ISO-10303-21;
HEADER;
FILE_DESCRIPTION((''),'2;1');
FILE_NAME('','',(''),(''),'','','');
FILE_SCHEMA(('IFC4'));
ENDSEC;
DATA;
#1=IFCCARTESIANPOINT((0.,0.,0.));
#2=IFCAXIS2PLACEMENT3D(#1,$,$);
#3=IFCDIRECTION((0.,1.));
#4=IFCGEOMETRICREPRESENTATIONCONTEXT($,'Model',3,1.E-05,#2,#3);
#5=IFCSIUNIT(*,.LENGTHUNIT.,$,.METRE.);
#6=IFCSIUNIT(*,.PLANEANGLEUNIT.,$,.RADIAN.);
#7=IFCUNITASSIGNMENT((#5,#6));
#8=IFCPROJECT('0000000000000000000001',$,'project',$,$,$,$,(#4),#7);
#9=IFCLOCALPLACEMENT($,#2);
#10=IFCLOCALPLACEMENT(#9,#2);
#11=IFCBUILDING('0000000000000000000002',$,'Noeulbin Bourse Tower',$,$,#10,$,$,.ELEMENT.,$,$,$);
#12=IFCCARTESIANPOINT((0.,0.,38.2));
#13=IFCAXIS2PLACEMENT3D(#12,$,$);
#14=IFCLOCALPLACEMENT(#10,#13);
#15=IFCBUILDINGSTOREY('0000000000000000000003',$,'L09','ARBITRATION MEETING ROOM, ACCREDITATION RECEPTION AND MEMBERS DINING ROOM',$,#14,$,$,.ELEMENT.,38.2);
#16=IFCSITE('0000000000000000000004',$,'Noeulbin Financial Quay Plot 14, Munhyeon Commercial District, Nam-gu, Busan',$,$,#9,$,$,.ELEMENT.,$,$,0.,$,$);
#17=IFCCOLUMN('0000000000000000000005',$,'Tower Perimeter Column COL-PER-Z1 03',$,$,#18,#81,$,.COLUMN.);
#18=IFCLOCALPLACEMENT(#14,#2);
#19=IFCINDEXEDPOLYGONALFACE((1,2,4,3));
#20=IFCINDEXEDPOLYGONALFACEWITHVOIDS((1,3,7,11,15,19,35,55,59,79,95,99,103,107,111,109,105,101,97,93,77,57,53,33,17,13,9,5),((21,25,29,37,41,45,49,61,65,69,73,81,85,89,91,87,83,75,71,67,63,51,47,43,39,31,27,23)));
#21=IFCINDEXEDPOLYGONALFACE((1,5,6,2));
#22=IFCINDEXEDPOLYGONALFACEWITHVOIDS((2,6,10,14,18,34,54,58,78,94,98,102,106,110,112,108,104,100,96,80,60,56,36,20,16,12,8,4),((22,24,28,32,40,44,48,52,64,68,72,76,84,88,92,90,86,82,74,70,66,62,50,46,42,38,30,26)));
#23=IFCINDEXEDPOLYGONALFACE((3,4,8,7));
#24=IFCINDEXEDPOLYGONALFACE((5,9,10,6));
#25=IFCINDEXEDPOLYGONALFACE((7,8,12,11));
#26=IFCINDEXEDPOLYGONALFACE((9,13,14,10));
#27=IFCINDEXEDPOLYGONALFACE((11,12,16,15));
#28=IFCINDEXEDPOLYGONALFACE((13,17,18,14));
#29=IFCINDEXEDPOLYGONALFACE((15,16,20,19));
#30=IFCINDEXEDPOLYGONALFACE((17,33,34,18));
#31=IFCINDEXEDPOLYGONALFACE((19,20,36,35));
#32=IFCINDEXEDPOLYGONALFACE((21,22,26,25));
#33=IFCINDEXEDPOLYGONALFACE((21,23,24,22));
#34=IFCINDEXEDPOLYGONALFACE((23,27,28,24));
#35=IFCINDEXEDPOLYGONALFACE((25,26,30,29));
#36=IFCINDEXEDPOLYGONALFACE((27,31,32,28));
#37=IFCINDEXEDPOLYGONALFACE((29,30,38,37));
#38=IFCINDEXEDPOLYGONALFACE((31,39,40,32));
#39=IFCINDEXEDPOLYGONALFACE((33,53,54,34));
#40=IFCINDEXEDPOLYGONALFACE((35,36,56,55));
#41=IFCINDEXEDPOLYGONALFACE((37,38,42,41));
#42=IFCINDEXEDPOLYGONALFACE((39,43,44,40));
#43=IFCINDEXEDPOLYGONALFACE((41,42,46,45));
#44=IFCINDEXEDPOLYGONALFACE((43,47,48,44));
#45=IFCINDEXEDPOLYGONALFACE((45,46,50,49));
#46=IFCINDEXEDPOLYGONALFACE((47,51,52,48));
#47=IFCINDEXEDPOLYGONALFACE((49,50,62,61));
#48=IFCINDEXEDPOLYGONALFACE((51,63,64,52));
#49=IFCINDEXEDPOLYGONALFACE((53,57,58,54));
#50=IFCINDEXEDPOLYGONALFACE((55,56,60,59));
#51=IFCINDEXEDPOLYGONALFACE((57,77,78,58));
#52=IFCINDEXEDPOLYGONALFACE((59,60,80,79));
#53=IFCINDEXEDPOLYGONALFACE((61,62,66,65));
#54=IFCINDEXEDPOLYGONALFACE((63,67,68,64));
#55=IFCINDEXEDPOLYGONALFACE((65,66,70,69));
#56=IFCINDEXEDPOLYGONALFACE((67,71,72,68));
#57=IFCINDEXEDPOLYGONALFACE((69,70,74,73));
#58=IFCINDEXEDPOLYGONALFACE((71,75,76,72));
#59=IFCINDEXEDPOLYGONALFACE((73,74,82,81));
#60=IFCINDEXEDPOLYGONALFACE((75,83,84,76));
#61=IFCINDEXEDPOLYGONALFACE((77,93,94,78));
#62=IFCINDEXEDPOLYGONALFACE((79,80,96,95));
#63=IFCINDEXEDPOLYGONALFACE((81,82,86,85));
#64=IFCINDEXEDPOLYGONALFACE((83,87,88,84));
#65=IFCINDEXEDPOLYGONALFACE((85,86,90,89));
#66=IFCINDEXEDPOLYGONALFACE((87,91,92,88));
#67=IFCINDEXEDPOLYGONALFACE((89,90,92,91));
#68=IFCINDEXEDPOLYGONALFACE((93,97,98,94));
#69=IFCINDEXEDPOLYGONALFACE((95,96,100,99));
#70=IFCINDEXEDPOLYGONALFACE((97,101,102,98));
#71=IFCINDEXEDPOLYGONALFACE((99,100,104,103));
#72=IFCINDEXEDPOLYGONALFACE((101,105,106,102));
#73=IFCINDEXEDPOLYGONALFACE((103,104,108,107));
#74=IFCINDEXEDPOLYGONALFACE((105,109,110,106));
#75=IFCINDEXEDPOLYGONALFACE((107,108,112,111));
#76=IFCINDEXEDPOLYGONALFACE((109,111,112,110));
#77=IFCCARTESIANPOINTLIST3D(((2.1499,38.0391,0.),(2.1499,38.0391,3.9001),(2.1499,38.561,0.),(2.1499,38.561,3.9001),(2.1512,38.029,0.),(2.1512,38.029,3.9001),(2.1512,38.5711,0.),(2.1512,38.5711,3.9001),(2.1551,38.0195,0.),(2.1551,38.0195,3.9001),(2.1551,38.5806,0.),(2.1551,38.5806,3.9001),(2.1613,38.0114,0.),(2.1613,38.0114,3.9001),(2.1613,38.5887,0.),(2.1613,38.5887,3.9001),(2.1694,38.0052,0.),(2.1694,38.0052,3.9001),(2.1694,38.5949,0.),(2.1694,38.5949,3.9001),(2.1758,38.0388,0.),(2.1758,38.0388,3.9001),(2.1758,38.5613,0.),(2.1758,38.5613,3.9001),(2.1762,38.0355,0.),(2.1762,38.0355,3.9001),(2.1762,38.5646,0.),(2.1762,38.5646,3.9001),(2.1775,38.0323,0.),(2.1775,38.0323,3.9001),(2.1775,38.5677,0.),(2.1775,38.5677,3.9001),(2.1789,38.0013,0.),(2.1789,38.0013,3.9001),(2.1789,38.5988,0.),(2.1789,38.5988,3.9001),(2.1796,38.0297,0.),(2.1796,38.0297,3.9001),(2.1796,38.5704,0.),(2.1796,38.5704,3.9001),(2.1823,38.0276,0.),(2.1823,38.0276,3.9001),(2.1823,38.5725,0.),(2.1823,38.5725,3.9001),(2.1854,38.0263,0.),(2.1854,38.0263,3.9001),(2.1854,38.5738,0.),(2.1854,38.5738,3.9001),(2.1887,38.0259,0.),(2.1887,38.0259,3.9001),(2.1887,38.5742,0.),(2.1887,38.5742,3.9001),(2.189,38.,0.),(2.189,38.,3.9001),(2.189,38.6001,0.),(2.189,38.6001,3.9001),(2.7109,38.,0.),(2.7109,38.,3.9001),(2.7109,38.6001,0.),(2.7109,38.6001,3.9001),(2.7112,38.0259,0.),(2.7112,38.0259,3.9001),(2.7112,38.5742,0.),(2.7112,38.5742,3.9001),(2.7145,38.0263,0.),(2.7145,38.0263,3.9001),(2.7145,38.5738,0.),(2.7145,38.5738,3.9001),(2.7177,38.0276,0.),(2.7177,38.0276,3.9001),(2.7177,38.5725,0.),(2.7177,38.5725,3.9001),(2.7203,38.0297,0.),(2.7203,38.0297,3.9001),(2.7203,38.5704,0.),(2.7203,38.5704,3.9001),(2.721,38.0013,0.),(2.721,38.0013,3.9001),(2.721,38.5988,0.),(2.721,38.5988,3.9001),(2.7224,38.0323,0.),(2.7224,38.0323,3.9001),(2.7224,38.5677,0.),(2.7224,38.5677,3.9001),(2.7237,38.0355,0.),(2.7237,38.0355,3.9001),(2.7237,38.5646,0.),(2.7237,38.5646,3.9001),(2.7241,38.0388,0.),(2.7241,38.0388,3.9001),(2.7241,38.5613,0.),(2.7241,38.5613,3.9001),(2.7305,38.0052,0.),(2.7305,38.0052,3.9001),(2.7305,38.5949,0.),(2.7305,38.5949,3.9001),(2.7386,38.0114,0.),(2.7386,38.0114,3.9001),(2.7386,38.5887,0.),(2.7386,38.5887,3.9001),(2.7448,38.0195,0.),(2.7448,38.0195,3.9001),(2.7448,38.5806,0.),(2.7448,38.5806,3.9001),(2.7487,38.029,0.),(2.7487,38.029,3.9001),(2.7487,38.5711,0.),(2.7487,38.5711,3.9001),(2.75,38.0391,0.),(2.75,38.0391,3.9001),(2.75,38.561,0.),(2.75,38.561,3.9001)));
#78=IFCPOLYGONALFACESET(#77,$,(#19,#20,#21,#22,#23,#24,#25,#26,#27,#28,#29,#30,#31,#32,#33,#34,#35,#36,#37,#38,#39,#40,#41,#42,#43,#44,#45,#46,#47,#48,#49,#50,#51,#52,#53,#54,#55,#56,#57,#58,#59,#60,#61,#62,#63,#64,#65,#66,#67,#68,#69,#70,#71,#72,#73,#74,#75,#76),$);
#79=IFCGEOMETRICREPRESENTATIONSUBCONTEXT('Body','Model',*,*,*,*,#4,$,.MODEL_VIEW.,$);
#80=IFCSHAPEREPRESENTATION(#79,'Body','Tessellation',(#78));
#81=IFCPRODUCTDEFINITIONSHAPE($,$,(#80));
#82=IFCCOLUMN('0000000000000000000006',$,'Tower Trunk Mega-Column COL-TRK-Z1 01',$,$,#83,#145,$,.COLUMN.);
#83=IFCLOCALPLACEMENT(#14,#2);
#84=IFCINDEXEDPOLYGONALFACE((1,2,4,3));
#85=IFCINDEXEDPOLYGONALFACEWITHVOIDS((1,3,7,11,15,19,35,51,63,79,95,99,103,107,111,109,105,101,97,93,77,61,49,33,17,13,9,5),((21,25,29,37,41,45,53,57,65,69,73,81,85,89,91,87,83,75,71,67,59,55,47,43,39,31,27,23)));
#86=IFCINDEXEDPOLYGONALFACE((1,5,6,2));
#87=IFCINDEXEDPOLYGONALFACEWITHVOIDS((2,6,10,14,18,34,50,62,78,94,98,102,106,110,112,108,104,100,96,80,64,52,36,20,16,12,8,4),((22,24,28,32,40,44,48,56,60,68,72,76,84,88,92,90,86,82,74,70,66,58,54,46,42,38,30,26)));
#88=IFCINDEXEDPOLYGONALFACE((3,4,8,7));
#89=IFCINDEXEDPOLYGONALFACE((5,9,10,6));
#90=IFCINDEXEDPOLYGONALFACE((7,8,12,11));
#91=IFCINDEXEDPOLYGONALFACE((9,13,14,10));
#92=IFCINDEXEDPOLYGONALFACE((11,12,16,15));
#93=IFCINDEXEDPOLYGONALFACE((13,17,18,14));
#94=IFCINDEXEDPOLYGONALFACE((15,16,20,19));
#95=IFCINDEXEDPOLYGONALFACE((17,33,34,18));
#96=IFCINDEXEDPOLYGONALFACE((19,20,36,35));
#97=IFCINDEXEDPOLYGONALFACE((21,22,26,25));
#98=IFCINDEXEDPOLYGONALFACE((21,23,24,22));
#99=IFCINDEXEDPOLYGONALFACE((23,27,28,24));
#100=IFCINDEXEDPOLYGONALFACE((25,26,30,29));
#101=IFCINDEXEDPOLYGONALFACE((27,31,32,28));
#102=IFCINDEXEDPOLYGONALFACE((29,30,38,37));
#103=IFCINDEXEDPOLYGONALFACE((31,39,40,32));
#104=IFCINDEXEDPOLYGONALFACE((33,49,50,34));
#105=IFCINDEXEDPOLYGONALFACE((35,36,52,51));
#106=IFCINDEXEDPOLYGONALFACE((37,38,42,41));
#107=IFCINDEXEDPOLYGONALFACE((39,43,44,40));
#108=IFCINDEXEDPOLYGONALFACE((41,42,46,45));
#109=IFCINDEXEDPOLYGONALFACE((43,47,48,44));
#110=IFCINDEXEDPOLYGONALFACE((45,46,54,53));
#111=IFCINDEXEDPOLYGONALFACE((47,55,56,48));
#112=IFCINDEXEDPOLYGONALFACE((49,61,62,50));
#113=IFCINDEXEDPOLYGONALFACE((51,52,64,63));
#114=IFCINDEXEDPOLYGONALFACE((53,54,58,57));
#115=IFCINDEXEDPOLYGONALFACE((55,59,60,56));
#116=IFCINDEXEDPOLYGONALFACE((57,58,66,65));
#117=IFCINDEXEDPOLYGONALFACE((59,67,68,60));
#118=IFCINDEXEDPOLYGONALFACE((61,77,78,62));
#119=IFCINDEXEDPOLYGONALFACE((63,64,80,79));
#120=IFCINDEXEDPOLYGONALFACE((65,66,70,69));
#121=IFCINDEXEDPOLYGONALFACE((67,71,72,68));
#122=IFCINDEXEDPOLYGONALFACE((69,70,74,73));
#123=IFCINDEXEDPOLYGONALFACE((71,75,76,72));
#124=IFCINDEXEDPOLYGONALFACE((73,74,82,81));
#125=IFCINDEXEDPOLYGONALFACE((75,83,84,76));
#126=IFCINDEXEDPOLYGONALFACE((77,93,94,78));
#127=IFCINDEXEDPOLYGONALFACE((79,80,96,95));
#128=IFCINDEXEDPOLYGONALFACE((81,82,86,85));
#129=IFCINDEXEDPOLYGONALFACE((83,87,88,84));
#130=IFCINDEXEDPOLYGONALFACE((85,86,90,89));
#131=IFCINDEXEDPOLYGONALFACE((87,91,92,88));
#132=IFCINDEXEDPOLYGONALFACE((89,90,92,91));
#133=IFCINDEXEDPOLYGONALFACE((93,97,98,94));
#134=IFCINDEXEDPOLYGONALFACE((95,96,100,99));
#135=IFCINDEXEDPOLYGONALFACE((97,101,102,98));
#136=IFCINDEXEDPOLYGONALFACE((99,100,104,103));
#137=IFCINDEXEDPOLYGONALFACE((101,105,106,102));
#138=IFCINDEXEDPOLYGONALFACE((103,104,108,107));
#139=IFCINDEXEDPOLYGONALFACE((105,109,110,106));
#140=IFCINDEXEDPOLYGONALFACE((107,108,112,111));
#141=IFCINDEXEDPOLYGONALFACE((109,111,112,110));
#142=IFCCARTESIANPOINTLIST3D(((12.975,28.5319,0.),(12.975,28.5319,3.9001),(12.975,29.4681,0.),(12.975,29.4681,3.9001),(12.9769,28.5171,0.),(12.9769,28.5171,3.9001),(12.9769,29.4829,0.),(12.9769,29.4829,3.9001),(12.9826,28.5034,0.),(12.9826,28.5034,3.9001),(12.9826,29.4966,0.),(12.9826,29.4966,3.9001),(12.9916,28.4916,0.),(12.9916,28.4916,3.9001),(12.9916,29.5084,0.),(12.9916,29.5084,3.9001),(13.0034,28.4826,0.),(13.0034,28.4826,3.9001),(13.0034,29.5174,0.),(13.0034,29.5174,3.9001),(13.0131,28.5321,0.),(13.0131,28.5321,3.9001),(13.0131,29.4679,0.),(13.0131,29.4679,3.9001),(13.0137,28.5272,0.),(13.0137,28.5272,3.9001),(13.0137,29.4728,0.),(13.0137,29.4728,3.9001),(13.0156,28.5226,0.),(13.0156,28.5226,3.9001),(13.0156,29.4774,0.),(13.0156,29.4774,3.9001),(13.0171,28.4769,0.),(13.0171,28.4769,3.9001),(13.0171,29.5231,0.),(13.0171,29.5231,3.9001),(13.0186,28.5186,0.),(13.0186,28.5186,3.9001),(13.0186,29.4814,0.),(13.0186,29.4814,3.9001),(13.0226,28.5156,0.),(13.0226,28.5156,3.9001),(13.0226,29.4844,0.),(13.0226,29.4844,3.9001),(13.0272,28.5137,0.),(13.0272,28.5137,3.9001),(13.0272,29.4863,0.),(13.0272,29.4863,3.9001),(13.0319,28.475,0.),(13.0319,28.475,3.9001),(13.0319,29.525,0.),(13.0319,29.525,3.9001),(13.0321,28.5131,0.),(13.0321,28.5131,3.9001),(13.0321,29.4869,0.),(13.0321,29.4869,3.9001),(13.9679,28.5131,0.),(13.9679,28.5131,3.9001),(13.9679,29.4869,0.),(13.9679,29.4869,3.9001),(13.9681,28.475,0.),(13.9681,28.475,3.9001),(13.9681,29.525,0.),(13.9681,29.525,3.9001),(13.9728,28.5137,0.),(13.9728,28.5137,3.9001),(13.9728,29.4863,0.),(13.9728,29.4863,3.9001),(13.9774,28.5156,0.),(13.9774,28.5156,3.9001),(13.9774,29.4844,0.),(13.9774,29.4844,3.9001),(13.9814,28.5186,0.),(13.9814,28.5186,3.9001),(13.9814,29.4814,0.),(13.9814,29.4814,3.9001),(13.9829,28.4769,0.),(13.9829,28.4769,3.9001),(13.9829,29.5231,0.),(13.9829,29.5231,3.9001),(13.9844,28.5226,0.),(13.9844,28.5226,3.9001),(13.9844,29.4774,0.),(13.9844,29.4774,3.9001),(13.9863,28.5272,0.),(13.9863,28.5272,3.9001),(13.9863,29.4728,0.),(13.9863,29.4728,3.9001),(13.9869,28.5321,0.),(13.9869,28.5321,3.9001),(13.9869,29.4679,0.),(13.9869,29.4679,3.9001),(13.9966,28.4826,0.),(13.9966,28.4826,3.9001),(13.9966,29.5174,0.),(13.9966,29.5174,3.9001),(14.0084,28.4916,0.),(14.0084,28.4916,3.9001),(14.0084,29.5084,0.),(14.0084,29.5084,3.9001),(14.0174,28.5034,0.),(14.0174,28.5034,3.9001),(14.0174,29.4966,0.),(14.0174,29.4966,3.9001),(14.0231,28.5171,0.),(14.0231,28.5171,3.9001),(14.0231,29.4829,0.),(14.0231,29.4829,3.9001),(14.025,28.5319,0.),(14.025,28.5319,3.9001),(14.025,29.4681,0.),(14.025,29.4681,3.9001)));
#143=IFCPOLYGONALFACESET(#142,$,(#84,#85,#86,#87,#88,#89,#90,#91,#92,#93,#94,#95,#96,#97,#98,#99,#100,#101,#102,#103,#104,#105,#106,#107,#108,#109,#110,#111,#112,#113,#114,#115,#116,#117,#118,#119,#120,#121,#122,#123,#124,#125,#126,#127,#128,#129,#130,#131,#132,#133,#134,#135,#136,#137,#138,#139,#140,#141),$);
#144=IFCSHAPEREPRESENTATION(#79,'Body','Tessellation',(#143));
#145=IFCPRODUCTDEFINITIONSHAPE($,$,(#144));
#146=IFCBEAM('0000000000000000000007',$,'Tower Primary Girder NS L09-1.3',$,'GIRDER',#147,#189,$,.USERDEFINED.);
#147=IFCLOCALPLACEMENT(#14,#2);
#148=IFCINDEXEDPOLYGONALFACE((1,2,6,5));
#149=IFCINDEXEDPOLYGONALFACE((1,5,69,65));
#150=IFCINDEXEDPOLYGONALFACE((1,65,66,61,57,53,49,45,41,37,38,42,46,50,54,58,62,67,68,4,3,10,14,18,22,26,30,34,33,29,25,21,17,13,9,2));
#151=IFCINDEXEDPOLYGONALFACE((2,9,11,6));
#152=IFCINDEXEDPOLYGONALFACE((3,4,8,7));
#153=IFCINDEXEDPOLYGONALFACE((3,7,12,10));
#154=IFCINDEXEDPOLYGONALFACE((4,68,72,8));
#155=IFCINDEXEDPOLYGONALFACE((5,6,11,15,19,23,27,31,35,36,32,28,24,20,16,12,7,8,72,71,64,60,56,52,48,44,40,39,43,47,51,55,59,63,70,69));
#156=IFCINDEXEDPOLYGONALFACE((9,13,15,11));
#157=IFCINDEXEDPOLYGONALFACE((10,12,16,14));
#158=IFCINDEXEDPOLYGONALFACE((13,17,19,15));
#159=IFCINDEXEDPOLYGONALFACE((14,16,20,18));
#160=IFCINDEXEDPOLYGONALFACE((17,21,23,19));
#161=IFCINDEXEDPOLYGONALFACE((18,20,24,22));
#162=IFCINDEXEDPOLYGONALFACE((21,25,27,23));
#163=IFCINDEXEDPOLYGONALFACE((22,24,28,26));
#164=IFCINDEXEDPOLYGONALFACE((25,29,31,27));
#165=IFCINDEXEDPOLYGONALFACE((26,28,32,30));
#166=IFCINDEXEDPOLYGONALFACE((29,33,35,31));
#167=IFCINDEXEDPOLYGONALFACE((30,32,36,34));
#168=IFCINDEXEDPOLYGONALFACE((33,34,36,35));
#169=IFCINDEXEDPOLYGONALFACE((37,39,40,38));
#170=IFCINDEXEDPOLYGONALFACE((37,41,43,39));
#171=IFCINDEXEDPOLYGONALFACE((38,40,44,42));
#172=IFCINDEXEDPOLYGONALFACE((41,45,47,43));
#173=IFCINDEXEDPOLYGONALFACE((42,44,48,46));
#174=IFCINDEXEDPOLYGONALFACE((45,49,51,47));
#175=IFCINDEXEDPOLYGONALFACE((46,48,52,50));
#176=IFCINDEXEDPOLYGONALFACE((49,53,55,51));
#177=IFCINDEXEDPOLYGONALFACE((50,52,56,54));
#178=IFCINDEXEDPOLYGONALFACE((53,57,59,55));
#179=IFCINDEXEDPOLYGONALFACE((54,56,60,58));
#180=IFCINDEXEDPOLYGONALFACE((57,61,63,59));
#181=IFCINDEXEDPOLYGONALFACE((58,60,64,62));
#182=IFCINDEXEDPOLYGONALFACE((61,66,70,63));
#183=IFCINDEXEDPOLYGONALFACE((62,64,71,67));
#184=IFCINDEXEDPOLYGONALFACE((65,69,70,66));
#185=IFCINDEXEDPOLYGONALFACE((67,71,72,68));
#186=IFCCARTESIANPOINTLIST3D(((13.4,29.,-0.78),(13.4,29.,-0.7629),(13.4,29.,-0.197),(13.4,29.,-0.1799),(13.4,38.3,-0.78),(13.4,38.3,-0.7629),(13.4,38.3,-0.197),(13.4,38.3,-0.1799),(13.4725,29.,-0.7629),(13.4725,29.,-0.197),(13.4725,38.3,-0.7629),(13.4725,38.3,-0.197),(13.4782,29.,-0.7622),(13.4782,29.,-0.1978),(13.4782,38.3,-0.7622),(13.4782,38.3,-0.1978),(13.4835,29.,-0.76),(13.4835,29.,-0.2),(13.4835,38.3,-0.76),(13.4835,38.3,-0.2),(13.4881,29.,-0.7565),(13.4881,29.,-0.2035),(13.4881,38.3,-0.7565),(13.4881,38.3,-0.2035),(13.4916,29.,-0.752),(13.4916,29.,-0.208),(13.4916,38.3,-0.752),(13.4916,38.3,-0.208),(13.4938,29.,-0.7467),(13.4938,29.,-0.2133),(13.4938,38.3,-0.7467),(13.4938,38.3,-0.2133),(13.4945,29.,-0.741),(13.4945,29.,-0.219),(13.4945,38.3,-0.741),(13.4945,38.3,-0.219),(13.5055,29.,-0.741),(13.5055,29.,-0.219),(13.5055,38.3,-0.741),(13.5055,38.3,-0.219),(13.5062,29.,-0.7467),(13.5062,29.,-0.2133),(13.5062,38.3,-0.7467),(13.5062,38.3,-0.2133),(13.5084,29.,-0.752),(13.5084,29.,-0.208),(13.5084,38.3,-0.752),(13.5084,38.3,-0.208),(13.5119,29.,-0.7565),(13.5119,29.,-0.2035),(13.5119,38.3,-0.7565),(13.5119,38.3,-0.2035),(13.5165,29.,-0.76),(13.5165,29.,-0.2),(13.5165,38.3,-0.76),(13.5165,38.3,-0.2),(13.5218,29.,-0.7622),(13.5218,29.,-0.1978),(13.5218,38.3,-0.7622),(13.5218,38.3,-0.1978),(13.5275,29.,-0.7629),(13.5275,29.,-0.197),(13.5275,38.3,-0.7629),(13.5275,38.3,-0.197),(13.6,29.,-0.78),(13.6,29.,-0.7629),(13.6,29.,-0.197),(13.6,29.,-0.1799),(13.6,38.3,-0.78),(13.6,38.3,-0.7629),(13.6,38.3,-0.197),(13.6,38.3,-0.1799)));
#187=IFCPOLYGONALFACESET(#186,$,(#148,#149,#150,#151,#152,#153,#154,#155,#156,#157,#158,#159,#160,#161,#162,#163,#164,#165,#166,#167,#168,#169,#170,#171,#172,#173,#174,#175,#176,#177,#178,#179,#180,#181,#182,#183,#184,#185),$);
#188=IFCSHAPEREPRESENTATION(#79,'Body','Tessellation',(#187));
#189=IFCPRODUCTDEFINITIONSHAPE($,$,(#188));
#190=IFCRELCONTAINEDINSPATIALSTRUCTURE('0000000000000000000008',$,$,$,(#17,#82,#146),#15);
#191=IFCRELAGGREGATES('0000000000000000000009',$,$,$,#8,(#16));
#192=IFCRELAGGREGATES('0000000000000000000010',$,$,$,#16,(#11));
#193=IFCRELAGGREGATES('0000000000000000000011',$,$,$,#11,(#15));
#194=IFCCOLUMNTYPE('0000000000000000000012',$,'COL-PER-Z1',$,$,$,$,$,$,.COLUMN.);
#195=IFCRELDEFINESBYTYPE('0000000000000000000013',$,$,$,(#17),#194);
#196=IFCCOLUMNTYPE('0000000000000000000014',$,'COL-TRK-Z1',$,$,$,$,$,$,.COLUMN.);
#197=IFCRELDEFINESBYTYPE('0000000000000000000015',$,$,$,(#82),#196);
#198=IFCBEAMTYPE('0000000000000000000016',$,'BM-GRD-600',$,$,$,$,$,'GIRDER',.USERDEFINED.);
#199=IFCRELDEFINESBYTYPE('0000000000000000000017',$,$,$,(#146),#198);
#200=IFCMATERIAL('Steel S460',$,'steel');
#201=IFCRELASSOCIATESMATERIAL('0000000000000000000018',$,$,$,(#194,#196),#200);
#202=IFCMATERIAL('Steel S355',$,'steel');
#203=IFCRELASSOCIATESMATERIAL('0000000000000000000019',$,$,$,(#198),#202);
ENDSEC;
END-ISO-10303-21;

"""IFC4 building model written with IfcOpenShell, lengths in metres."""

from ifc_helpers import new_model, si_unit, direction, frame, origin, origin_2d, place, context, subcontext, project, spatial, hollow_rectangle, i_section, extrude, material, material_profile, profile_set, type_object, element, save


model = new_model("IFC4")

# Units and contexts
model_context = context("Model", 3, precision=1e-05, world=origin(), true_north=direction((0.0, 1.0)))
body_context = subcontext(model_context, "Body", "Model", "MODEL_VIEW")
ifc_project = project(units=[si_unit("LENGTHUNIT", "METRE"), si_unit("PLANEANGLEUNIT", "RADIAN")], contexts=[model_context])

# Site, building, storey
site_placement = place(None, origin())
site = spatial("IfcSite", under=ifc_project, at=site_placement, Name="Noeulbin Financial Quay Plot 14, Munhyeon Commercial District, Nam-gu, Busan", CompositionType="ELEMENT", RefElevation=0.0)
building_placement = place(site_placement, origin())
building = spatial("IfcBuilding", under=site, at=building_placement, Name="Noeulbin Bourse Tower", CompositionType="ELEMENT")
storey_placement = place(building_placement, frame((0.0, 0.0, 38.2)))
storey = spatial("IfcBuildingStorey", under=building, at=storey_placement, Name="L09", Description="ARBITRATION MEETING ROOM, ACCREDITATION RECEPTION AND MEMBERS DINING ROOM", CompositionType="ELEMENT", Elevation=38.2)

# Columns
ifc_material_1 = material(Name="Steel S460", Category="steel")
ifc_material_profile_1 = material_profile(ifc_material_1, hollow_rectangle(XDim=0.6001, YDim=0.6001, WallThickness=0.0259, InnerFilletRadius=0.0129, OuterFilletRadius=0.0391, at=origin_2d()), Name="BOX-600x600x26", Category="LoadBearing")
ifc_profile_set_1 = profile_set([ifc_material_profile_1], Name="Steel S460")
column_type_1 = type_object("IfcColumnType", Name="COL-PER-Z1", PredefinedType="COLUMN", material=ifc_profile_set_1)
column_1_placement = place(storey_placement, frame((2.45, 38.3, 0.0), z_axis=(0.0, 0.0, 1.0), x_axis=(1.0, 0.0, 0.0)))
element("IfcColumn", 1, at=column_1_placement, inside=storey, type_object=column_type_1, Name="Tower Perimeter Column COL-PER-Z1 03", PredefinedType="COLUMN", context=body_context, shape_type="SweptSolid", body=[
    extrude(hollow_rectangle(XDim=0.6001, YDim=0.6001, WallThickness=0.0259, InnerFilletRadius=0.0129, OuterFilletRadius=0.0391, at=origin_2d()), origin(), (0.0, 0.0, 1.0), 3.9001),
])
ifc_material_profile_2 = material_profile(ifc_material_1, hollow_rectangle(XDim=1.05, YDim=1.05, WallThickness=0.0381, InnerFilletRadius=0.019, OuterFilletRadius=0.0569, at=origin_2d()), Name="BOX-1050x1050x38", Category="LoadBearing")
ifc_profile_set_2 = profile_set([ifc_material_profile_2], Name="Steel S460")
column_type_2 = type_object("IfcColumnType", Name="COL-TRK-Z1", PredefinedType="COLUMN", material=ifc_profile_set_2)
column_2_placement = place(storey_placement, frame((13.5, 29.0, 0.0), z_axis=(0.0, 0.0, 1.0), x_axis=(1.0, 0.0, 0.0)))
element("IfcColumn", 2, at=column_2_placement, inside=storey, type_object=column_type_2, Name="Tower Trunk Mega-Column COL-TRK-Z1 01", PredefinedType="COLUMN", context=body_context, shape_type="SweptSolid", body=[
    extrude(hollow_rectangle(XDim=1.05, YDim=1.05, WallThickness=0.0381, InnerFilletRadius=0.019, OuterFilletRadius=0.0569, at=origin_2d()), origin(), (0.0, 0.0, 1.0), 3.9001),
])

# Beam
ifc_material_2 = material(Name="Steel S355", Category="steel")
ifc_material_profile_3 = material_profile(ifc_material_2, i_section(OverallWidth=0.2, OverallDepth=0.6001, WebThickness=0.011, FlangeThickness=0.0171, FilletRadius=0.022, at=origin_2d()), Name="H-600x200x11x17", Category="LoadBearing")
ifc_profile_set_3 = profile_set([ifc_material_profile_3], Name="Steel S355")
beam_type_1 = type_object("IfcBeamType", Name="BM-GRD-600", ElementType="GIRDER", PredefinedType="USERDEFINED", material=ifc_profile_set_3)
beam_1_placement = place(storey_placement, frame((13.5, 29.0, -0.48), z_axis=(0.0, 1.0, 0.0), x_axis=(-1.0, 0.0, 0.0)))
element("IfcBeam", 3, at=beam_1_placement, inside=storey, type_object=beam_type_1, Name="Tower Primary Girder NS L09-1.3", ObjectType="GIRDER", PredefinedType="USERDEFINED", context=body_context, shape_type="SweptSolid", body=[
    extrude(i_section(OverallWidth=0.2, OverallDepth=0.6001, WebThickness=0.011, FlangeThickness=0.0171, FilletRadius=0.022, at=origin_2d()), origin(), (0.0, 0.0, 1.0), 9.3),
])

save(model, "model.ifc")
